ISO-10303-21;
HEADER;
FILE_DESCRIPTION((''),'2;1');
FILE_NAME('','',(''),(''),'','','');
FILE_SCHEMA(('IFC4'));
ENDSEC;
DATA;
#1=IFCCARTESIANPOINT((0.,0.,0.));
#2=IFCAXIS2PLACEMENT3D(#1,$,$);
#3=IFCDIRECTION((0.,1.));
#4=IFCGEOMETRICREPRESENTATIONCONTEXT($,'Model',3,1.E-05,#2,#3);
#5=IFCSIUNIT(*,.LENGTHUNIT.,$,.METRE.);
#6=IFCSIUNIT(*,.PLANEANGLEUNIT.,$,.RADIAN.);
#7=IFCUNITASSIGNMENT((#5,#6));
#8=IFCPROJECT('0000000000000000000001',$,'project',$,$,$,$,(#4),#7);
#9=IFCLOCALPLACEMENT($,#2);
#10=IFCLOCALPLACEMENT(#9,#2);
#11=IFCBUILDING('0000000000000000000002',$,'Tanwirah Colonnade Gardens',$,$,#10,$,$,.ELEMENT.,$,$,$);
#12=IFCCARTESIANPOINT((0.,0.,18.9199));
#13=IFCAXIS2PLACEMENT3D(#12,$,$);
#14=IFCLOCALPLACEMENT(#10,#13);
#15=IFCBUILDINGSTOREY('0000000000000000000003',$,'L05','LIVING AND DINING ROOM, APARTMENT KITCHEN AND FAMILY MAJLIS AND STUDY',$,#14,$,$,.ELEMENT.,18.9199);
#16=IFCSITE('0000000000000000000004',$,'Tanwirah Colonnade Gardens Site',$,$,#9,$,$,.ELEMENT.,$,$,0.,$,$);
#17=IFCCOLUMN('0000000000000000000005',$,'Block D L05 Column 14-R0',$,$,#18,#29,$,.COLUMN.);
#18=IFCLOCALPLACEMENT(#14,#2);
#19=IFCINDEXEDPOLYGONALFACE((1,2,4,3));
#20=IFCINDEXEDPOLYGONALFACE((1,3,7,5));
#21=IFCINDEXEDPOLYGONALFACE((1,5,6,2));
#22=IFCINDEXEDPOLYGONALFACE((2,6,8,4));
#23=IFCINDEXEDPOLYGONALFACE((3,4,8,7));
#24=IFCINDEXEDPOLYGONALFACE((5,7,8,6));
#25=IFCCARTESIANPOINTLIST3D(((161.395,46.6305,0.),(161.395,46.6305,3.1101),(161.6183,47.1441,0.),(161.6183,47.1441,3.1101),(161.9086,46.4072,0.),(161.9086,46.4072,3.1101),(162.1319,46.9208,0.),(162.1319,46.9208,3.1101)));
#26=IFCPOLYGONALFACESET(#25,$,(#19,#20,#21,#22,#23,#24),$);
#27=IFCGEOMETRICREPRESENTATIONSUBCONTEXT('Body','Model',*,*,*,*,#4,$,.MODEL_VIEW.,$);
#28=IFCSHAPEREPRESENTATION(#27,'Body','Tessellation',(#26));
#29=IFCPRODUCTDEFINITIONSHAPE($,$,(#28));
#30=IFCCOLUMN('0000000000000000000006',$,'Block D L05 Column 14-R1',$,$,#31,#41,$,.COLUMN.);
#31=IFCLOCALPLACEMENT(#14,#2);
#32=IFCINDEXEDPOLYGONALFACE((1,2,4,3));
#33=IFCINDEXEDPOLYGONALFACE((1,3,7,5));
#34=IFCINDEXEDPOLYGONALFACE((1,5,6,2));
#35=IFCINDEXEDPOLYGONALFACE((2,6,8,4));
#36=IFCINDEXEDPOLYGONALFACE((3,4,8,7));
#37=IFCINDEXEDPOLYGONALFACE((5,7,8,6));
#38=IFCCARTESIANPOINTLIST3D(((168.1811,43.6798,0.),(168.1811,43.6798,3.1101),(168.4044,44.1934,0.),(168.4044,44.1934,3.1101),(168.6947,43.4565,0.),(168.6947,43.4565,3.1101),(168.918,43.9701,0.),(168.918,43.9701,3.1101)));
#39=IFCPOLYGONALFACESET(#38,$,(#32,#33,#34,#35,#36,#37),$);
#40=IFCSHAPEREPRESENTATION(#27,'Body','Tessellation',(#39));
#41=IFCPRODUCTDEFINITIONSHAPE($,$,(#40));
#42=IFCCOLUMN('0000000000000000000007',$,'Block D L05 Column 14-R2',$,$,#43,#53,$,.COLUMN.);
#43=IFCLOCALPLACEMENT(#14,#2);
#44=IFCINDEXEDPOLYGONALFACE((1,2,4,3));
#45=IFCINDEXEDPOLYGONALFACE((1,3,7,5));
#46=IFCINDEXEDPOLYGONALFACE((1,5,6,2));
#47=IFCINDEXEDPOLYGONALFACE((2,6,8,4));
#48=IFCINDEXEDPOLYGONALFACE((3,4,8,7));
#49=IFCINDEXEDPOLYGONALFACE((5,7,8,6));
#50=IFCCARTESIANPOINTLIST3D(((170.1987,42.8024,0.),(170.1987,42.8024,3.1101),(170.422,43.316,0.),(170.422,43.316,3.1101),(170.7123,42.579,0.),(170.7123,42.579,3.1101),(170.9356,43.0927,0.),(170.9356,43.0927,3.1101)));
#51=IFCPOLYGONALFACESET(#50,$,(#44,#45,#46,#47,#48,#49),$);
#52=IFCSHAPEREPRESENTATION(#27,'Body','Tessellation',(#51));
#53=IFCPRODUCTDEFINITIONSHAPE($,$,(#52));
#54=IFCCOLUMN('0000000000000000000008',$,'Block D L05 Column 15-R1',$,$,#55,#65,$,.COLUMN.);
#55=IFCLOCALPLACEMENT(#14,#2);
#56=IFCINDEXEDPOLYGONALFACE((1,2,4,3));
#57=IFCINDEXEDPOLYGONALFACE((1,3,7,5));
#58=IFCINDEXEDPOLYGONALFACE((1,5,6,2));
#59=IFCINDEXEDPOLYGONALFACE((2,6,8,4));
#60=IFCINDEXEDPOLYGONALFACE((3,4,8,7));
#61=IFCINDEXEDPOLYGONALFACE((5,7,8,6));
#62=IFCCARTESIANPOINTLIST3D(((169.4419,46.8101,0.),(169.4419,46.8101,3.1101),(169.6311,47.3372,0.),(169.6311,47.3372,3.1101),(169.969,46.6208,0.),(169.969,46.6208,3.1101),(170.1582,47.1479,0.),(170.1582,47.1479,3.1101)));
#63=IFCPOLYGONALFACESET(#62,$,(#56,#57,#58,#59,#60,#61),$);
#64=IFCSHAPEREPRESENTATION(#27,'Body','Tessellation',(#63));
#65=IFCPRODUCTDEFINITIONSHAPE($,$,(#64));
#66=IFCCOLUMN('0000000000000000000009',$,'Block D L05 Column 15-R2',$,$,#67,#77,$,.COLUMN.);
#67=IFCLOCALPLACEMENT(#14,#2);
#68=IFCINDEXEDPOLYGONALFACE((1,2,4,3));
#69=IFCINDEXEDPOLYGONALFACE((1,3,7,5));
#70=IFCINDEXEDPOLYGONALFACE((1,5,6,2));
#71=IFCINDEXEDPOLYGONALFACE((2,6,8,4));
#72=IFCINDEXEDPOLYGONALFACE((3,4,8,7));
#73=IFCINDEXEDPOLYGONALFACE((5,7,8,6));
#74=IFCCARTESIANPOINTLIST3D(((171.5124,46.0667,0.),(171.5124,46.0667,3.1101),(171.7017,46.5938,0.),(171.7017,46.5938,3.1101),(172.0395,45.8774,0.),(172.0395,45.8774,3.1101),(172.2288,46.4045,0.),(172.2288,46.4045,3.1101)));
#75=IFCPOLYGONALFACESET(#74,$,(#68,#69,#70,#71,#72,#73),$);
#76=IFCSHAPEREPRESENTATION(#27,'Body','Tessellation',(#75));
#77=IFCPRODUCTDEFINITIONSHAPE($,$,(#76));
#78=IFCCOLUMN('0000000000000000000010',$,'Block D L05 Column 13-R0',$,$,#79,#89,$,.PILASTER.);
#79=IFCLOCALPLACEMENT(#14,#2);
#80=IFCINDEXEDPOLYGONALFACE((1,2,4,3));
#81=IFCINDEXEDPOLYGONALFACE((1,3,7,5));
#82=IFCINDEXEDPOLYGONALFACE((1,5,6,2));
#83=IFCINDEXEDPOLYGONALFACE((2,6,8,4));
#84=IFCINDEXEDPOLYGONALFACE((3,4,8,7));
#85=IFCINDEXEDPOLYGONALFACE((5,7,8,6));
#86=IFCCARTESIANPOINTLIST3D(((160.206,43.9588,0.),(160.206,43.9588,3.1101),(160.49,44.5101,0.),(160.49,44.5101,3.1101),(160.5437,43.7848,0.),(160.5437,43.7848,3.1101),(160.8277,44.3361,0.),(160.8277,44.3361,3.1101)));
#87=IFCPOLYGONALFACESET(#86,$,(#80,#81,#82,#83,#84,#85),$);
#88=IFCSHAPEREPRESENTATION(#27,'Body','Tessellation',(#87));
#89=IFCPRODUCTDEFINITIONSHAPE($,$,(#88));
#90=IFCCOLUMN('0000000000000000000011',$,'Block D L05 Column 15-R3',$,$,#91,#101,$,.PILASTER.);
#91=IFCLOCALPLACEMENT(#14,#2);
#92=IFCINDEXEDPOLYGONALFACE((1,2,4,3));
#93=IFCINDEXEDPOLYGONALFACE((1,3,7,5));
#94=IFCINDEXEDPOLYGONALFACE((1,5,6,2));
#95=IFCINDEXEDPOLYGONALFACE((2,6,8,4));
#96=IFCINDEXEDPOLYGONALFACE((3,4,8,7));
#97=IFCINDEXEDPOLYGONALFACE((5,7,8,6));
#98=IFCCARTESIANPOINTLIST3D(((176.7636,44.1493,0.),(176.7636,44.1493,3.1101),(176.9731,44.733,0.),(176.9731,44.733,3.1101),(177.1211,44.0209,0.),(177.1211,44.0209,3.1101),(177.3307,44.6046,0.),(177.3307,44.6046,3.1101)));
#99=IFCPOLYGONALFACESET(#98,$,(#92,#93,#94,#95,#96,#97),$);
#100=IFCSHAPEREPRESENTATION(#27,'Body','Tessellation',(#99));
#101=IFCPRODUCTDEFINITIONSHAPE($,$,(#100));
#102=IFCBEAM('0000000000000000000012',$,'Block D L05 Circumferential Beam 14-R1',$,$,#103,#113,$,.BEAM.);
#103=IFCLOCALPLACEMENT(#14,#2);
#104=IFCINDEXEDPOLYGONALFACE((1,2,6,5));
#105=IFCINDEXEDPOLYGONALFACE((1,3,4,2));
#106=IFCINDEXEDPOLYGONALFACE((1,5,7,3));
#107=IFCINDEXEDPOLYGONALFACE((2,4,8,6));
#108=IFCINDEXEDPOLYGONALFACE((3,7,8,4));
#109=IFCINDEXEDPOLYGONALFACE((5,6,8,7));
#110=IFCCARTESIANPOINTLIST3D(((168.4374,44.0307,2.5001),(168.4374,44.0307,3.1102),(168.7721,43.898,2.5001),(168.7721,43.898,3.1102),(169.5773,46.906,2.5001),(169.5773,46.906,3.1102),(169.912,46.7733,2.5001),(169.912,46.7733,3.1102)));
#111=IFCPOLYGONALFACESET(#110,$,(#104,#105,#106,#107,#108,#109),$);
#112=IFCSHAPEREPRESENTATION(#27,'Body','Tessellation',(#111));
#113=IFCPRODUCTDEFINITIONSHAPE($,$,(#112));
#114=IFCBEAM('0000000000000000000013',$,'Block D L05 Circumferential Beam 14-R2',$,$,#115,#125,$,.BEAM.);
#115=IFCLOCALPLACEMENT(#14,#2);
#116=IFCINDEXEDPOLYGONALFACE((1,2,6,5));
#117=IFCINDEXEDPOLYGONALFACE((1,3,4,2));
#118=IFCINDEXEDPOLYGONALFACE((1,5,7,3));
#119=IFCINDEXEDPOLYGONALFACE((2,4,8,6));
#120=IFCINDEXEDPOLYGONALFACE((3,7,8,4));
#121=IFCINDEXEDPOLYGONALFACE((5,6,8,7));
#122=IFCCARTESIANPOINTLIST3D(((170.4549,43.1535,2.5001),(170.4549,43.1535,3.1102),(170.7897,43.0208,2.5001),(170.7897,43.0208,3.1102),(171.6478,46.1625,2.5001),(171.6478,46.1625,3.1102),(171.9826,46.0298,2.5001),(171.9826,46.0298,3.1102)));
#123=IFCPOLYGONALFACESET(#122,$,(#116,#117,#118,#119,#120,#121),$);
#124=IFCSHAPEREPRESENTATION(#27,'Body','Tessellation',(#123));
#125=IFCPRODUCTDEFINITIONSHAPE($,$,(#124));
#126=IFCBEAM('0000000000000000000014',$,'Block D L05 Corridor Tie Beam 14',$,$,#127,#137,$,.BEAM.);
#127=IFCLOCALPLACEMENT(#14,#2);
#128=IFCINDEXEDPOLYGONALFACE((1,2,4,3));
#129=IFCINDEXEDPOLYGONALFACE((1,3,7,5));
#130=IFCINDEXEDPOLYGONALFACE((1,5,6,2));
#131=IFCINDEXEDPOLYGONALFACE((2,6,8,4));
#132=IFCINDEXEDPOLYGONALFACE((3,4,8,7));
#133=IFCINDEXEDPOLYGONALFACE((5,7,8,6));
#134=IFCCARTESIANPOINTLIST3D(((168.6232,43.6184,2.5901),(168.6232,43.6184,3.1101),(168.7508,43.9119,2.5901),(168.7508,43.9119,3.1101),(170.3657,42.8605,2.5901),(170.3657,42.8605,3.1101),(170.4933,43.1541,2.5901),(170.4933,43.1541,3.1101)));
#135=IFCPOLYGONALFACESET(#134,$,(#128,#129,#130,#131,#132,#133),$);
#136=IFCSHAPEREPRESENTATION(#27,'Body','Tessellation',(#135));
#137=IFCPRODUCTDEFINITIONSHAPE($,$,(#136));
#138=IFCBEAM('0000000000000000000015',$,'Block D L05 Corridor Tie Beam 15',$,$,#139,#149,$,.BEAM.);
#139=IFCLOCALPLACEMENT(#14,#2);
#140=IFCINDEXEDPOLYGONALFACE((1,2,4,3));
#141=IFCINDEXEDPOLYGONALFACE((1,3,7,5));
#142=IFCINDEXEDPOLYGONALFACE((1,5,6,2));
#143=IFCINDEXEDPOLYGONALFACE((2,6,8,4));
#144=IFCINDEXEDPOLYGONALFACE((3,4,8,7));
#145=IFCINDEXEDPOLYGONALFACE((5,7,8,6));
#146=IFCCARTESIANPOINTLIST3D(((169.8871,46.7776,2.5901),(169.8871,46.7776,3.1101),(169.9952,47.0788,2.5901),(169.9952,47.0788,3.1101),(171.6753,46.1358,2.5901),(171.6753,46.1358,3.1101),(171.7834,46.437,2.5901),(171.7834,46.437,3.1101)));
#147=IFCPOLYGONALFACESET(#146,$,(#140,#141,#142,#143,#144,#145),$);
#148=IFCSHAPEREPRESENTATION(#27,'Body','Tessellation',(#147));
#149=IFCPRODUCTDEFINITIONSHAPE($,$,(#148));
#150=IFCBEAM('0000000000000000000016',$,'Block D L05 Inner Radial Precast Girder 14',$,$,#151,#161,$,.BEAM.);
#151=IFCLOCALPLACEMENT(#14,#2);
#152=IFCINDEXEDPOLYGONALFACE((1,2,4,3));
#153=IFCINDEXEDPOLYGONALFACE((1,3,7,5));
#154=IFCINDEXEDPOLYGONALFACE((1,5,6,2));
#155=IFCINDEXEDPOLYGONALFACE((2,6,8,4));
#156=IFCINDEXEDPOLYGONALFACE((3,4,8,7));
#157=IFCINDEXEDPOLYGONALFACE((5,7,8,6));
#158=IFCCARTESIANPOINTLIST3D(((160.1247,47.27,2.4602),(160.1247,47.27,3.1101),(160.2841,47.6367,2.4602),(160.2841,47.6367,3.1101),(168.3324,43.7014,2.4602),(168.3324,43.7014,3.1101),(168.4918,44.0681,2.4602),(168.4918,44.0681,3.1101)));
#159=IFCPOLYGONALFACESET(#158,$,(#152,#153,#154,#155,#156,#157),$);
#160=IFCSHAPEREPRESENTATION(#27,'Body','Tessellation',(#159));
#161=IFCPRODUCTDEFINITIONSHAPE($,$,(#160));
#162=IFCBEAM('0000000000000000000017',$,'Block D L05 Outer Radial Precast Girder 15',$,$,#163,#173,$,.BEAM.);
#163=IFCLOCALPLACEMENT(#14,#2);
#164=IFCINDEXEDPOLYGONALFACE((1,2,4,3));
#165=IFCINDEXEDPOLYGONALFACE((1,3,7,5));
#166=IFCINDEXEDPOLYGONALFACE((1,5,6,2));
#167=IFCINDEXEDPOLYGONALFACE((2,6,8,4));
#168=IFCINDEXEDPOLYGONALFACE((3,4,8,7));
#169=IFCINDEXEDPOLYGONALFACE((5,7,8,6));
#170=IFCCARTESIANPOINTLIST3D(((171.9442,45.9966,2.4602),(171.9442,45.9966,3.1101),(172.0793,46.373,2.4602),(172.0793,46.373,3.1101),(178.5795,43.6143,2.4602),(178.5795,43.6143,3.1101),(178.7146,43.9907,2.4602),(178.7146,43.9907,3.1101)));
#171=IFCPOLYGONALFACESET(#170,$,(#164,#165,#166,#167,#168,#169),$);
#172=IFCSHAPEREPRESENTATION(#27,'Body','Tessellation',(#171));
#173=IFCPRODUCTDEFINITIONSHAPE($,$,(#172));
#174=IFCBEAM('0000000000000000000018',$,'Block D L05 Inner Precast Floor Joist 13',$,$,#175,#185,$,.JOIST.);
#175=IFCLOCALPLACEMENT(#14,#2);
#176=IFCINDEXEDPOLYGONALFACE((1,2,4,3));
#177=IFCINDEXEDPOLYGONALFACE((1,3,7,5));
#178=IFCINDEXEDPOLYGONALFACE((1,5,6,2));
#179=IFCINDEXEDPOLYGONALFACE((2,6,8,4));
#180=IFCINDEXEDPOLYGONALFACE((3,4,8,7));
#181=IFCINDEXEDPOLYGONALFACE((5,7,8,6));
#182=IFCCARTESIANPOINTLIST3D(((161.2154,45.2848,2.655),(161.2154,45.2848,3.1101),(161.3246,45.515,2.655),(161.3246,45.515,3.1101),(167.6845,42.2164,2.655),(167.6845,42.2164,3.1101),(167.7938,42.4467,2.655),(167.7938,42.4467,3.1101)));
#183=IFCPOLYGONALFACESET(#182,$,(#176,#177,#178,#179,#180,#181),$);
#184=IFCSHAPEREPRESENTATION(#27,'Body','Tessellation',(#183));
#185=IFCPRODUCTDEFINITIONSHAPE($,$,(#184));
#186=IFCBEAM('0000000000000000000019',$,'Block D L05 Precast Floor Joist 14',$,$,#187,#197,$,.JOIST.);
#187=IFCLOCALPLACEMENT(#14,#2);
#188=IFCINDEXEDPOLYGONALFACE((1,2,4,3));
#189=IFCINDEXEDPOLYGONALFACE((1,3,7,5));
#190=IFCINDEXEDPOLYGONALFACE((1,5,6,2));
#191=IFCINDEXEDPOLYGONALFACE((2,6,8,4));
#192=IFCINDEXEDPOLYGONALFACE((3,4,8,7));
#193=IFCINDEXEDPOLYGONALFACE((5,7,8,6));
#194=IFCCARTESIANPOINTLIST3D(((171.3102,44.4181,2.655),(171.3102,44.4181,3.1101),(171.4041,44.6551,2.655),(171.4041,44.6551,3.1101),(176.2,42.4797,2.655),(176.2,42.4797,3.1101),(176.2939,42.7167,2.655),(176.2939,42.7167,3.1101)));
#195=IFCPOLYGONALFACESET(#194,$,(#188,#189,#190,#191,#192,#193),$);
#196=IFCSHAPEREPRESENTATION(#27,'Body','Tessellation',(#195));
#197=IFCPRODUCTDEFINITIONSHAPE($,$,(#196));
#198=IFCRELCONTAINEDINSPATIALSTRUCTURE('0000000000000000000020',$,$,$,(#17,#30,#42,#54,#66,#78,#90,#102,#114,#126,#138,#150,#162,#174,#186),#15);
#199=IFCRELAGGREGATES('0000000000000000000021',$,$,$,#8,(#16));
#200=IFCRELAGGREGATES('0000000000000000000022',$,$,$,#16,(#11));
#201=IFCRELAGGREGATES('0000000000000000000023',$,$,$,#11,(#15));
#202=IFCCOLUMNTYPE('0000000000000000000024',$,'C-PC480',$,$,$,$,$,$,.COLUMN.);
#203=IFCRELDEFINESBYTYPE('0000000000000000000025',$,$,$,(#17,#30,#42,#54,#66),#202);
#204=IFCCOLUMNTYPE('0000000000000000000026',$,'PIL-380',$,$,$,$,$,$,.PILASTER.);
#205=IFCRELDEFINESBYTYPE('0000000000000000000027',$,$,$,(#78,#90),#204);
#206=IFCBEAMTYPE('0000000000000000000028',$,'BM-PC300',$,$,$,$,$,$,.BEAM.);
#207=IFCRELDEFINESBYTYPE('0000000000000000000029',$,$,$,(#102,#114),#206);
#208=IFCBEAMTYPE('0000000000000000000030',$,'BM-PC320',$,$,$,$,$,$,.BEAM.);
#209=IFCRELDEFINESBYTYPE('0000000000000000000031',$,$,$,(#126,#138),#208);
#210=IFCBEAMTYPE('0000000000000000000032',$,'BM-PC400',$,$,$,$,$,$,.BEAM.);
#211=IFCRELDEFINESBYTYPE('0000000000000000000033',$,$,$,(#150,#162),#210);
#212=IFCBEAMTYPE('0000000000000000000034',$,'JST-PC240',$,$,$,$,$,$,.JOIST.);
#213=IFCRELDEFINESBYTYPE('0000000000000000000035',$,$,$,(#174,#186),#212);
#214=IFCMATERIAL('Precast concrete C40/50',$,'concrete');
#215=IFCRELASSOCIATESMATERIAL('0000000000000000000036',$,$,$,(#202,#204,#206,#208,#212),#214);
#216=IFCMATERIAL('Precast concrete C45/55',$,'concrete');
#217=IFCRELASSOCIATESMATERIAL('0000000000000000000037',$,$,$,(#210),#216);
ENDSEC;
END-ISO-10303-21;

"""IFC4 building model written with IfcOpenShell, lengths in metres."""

from ifc_helpers import new_model, si_unit, direction, frame, origin, origin_2d, place, context, subcontext, project, spatial, rectangle, extrude, material, material_profile, profile_set, type_object, element, save


model = new_model("IFC4")

# Units and contexts
model_context = context("Model", 3, precision=1e-05, world=origin(), true_north=direction((0.0, 1.0)))
body_context = subcontext(model_context, "Body", "Model", "MODEL_VIEW")
ifc_project = project(units=[si_unit("LENGTHUNIT", "METRE"), si_unit("PLANEANGLEUNIT", "RADIAN")], contexts=[model_context])

# Site, building, storey
site_placement = place(None, origin())
site = spatial("IfcSite", under=ifc_project, at=site_placement, Name="Tanwirah Colonnade Gardens Site", CompositionType="ELEMENT", RefElevation=0.0)
building_placement = place(site_placement, origin())
building = spatial("IfcBuilding", under=site, at=building_placement, Name="Tanwirah Colonnade Gardens", CompositionType="ELEMENT")
storey_placement = place(building_placement, frame((0.0, 0.0, 18.9199)))
storey = spatial("IfcBuildingStorey", under=building, at=storey_placement, Name="L05", Description="LIVING AND DINING ROOM, APARTMENT KITCHEN AND FAMILY MAJLIS AND STUDY", CompositionType="ELEMENT", Elevation=18.9199)

# Columns
ifc_material_1 = material(Name="Precast concrete C40/50", Category="concrete")
ifc_material_profile_1 = material_profile(ifc_material_1, rectangle(XDim=0.5601, YDim=0.5601, at=origin_2d()), Name="PC-COL 560x560")
ifc_profile_set_1 = profile_set([ifc_material_profile_1], Name="Precast concrete C40/50")
column_type_1 = type_object("IfcColumnType", Name="C-PC480", PredefinedType="COLUMN", material=ifc_profile_set_1)
for number, where, z_axis, x_axis, name in (
    (1, (161.7634, 46.7756, 0.0), (0.0, 0.0, 1.0), (0.91706, -0.398749, 0.0), "Block D L05 Column 14-R0"),
    (2, (168.5496, 43.825, 0.0), (0.0, 0.0, 1.0), (0.91706, -0.398749, 0.0), "Block D L05 Column 14-R1"),
    (3, (170.5671, 42.9475, 0.0), (0.0, 0.0, 1.0), (0.91706, -0.398749, 0.0), "Block D L05 Column 14-R2"),
    (4, (169.8, 46.979, 0.0), (0.0, 0.0, 1.0), (0.941176, -0.337917, 0.0), "Block D L05 Column 15-R1"),
    (5, (171.8706, 46.2356, 0.0), (0.0, 0.0, 1.0), (0.941176, -0.337917, 0.0), "Block D L05 Column 15-R2"),
):
    element("IfcColumn", number, at=place(storey_placement, frame(where, z_axis=z_axis, x_axis=x_axis)), inside=storey, type_object=column_type_1, Name=name, PredefinedType="COLUMN", context=body_context, shape_type="SweptSolid", body=[
        extrude(rectangle(XDim=0.5601, YDim=0.5601, at=origin_2d()), origin(), (0.0, 0.0, 1.0), 3.1101),
    ])
ifc_material_profile_2 = material_profile(ifc_material_1, rectangle(XDim=0.3799, YDim=0.6201, at=origin_2d()), Name="PC-PIL 380x620")
ifc_profile_set_2 = profile_set([ifc_material_profile_2], Name="Precast concrete C40/50")
column_type_2 = type_object("IfcColumnType", Name="PIL-380", PredefinedType="PILASTER", material=ifc_profile_set_2)
for number, where, z_axis, x_axis, name in (
    (6, (160.5168, 44.1475, 0.0), (0.0, 0.0, 1.0), (0.889017, -0.457874, 0.0), "Block D L05 Column 13-R0"),
    (7, (177.0471, 44.377, 0.0), (0.0, 0.0, 1.0), (0.941176, -0.337917, 0.0), "Block D L05 Column 15-R3"),
):
    element("IfcColumn", number, at=place(storey_placement, frame(where, z_axis=z_axis, x_axis=x_axis)), inside=storey, type_object=column_type_2, Name=name, PredefinedType="PILASTER", context=body_context, shape_type="SweptSolid", body=[
        extrude(rectangle(XDim=0.3799, YDim=0.6201, at=origin_2d()), origin(), (0.0, 0.0, 1.0), 3.1101),
    ])

# Beams
ifc_material_profile_3 = material_profile(ifc_material_1, rectangle(XDim=0.3601, YDim=0.6101, at=origin_2d()), Name="PC-BM 360x610")
ifc_profile_set_3 = profile_set([ifc_material_profile_3], Name="Precast concrete C40/50")
beam_type_1 = type_object("IfcBeamType", Name="BM-PC300", PredefinedType="BEAM", material=ifc_profile_set_3)
beam_1_placement = place(storey_placement, frame((168.6047, 43.9644, 2.8052), z_axis=(0.368545, 0.92961, 0.0), x_axis=(-0.92961, 0.368545, 0.0)))
element("IfcBeam", 8, at=beam_1_placement, inside=storey, type_object=beam_type_1, Name="Block D L05 Circumferential Beam 14-R1", PredefinedType="BEAM", context=body_context, shape_type="SweptSolid", body=[
    extrude(rectangle(XDim=0.3601, YDim=0.6101, at=origin_2d()), origin(), (0.0, 0.0, 1.0), 3.093),
])
beam_2_placement = place(storey_placement, frame((170.6223, 43.0872, 2.8052), z_axis=(0.368528, 0.929617, 0.0), x_axis=(-0.929617, 0.368528, 0.0)))
element("IfcBeam", 9, at=beam_2_placement, inside=storey, type_object=beam_type_1, Name="Block D L05 Circumferential Beam 14-R2", PredefinedType="BEAM", context=body_context, shape_type="SweptSolid", body=[
    extrude(rectangle(XDim=0.3601, YDim=0.6101, at=origin_2d()), origin(), (0.0, 0.0, 1.0), 3.2368),
])
ifc_material_profile_4 = material_profile(ifc_material_1, rectangle(XDim=0.3201, YDim=0.52, at=origin_2d()), Name="PC-BM 320x520")
ifc_profile_set_4 = profile_set([ifc_material_profile_4], Name="Precast concrete C40/50")
beam_type_2 = type_object("IfcBeamType", Name="BM-PC320", PredefinedType="BEAM", material=ifc_profile_set_4)
beam_3_placement = place(storey_placement, frame((168.687, 43.7651, 2.8501), z_axis=(0.917025, -0.398829, 0.0), x_axis=(0.398829, 0.917025, 0.0)))
element("IfcBeam", 10, at=beam_3_placement, inside=storey, type_object=beam_type_2, Name="Block D L05 Corridor Tie Beam 14", PredefinedType="BEAM", context=body_context, shape_type="SweptSolid", body=[
    extrude(rectangle(XDim=0.3201, YDim=0.52, at=origin_2d()), origin(), (0.0, 0.0, 1.0), 1.9001),
])
beam_4_placement = place(storey_placement, frame((169.9412, 46.9282, 2.8501), z_axis=(0.941215, -0.337809, 0.0), x_axis=(0.337809, 0.941215, 0.0)))
element("IfcBeam", 11, at=beam_4_placement, inside=storey, type_object=beam_type_2, Name="Block D L05 Corridor Tie Beam 15", PredefinedType="BEAM", context=body_context, shape_type="SweptSolid", body=[
    extrude(rectangle(XDim=0.3201, YDim=0.52, at=origin_2d()), origin(), (0.0, 0.0, 1.0), 1.8999),
])
ifc_material_2 = material(Name="Precast concrete C45/55", Category="concrete")
ifc_material_profile_5 = material_profile(ifc_material_2, rectangle(XDim=0.3999, YDim=0.6499, at=origin_2d()), Name="PC-BM 400x650")
ifc_profile_set_5 = profile_set([ifc_material_profile_5], Name="Precast concrete C45/55")
beam_type_3 = type_object("IfcBeamType", Name="BM-PC400", PredefinedType="BEAM", material=ifc_profile_set_5)
beam_5_placement = place(storey_placement, frame((168.4121, 43.8848, 2.7852), z_axis=(-0.91707, 0.398727, 0.0), x_axis=(-0.398727, -0.91707, 0.0)))
element("IfcBeam", 12, at=beam_5_placement, inside=storey, type_object=beam_type_3, Name="Block D L05 Inner Radial Precast Girder 14", PredefinedType="BEAM", context=body_context, shape_type="SweptSolid", body=[
    extrude(rectangle(XDim=0.3999, YDim=0.6499, at=origin_2d()), origin(), (0.0, 0.0, 1.0), 8.95),
])
beam_6_placement = place(storey_placement, frame((172.0117, 46.1848, 2.7852), z_axis=(0.941175, -0.33792, 0.0), x_axis=(0.33792, 0.941175, 0.0)))
element("IfcBeam", 13, at=beam_6_placement, inside=storey, type_object=beam_type_3, Name="Block D L05 Outer Radial Precast Girder 15", PredefinedType="BEAM", context=body_context, shape_type="SweptSolid", body=[
    extrude(rectangle(XDim=0.3999, YDim=0.6499, at=origin_2d()), origin(), (0.0, 0.0, 1.0), 7.05),
])
ifc_material_profile_6 = material_profile(ifc_material_1, rectangle(XDim=0.2549, YDim=0.4551, at=origin_2d()), Name="PC-JST 255x455")
ifc_profile_set_6 = profile_set([ifc_material_profile_6], Name="Precast concrete C40/50")
beam_type_4 = type_object("IfcBeamType", Name="JST-PC240", PredefinedType="JOIST", material=ifc_profile_set_6)
beam_7_placement = place(storey_placement, frame((161.27, 45.3999, 2.8826), z_axis=(0.903522, -0.428541, 0.0), x_axis=(0.428541, 0.903522, 0.0)))
element("IfcBeam", 14, at=beam_7_placement, inside=storey, type_object=beam_type_4, Name="Block D L05 Inner Precast Floor Joist 13", PredefinedType="JOIST", context=body_context, shape_type="SweptSolid", body=[
    extrude(rectangle(XDim=0.2549, YDim=0.4551, at=origin_2d()), origin(), (0.0, 0.0, 1.0), 7.1599),
])
beam_8_placement = place(storey_placement, frame((171.3572, 44.5366, 2.8826), z_axis=(0.929618, -0.368524, 0.0), x_axis=(0.368524, 0.929618, 0.0)))
element("IfcBeam", 15, at=beam_8_placement, inside=storey, type_object=beam_type_4, Name="Block D L05 Precast Floor Joist 14", PredefinedType="JOIST", context=body_context, shape_type="SweptSolid", body=[
    extrude(rectangle(XDim=0.2549, YDim=0.4551, at=origin_2d()), origin(), (0.0, 0.0, 1.0), 5.26),
])

save(model, "model.ifc")
